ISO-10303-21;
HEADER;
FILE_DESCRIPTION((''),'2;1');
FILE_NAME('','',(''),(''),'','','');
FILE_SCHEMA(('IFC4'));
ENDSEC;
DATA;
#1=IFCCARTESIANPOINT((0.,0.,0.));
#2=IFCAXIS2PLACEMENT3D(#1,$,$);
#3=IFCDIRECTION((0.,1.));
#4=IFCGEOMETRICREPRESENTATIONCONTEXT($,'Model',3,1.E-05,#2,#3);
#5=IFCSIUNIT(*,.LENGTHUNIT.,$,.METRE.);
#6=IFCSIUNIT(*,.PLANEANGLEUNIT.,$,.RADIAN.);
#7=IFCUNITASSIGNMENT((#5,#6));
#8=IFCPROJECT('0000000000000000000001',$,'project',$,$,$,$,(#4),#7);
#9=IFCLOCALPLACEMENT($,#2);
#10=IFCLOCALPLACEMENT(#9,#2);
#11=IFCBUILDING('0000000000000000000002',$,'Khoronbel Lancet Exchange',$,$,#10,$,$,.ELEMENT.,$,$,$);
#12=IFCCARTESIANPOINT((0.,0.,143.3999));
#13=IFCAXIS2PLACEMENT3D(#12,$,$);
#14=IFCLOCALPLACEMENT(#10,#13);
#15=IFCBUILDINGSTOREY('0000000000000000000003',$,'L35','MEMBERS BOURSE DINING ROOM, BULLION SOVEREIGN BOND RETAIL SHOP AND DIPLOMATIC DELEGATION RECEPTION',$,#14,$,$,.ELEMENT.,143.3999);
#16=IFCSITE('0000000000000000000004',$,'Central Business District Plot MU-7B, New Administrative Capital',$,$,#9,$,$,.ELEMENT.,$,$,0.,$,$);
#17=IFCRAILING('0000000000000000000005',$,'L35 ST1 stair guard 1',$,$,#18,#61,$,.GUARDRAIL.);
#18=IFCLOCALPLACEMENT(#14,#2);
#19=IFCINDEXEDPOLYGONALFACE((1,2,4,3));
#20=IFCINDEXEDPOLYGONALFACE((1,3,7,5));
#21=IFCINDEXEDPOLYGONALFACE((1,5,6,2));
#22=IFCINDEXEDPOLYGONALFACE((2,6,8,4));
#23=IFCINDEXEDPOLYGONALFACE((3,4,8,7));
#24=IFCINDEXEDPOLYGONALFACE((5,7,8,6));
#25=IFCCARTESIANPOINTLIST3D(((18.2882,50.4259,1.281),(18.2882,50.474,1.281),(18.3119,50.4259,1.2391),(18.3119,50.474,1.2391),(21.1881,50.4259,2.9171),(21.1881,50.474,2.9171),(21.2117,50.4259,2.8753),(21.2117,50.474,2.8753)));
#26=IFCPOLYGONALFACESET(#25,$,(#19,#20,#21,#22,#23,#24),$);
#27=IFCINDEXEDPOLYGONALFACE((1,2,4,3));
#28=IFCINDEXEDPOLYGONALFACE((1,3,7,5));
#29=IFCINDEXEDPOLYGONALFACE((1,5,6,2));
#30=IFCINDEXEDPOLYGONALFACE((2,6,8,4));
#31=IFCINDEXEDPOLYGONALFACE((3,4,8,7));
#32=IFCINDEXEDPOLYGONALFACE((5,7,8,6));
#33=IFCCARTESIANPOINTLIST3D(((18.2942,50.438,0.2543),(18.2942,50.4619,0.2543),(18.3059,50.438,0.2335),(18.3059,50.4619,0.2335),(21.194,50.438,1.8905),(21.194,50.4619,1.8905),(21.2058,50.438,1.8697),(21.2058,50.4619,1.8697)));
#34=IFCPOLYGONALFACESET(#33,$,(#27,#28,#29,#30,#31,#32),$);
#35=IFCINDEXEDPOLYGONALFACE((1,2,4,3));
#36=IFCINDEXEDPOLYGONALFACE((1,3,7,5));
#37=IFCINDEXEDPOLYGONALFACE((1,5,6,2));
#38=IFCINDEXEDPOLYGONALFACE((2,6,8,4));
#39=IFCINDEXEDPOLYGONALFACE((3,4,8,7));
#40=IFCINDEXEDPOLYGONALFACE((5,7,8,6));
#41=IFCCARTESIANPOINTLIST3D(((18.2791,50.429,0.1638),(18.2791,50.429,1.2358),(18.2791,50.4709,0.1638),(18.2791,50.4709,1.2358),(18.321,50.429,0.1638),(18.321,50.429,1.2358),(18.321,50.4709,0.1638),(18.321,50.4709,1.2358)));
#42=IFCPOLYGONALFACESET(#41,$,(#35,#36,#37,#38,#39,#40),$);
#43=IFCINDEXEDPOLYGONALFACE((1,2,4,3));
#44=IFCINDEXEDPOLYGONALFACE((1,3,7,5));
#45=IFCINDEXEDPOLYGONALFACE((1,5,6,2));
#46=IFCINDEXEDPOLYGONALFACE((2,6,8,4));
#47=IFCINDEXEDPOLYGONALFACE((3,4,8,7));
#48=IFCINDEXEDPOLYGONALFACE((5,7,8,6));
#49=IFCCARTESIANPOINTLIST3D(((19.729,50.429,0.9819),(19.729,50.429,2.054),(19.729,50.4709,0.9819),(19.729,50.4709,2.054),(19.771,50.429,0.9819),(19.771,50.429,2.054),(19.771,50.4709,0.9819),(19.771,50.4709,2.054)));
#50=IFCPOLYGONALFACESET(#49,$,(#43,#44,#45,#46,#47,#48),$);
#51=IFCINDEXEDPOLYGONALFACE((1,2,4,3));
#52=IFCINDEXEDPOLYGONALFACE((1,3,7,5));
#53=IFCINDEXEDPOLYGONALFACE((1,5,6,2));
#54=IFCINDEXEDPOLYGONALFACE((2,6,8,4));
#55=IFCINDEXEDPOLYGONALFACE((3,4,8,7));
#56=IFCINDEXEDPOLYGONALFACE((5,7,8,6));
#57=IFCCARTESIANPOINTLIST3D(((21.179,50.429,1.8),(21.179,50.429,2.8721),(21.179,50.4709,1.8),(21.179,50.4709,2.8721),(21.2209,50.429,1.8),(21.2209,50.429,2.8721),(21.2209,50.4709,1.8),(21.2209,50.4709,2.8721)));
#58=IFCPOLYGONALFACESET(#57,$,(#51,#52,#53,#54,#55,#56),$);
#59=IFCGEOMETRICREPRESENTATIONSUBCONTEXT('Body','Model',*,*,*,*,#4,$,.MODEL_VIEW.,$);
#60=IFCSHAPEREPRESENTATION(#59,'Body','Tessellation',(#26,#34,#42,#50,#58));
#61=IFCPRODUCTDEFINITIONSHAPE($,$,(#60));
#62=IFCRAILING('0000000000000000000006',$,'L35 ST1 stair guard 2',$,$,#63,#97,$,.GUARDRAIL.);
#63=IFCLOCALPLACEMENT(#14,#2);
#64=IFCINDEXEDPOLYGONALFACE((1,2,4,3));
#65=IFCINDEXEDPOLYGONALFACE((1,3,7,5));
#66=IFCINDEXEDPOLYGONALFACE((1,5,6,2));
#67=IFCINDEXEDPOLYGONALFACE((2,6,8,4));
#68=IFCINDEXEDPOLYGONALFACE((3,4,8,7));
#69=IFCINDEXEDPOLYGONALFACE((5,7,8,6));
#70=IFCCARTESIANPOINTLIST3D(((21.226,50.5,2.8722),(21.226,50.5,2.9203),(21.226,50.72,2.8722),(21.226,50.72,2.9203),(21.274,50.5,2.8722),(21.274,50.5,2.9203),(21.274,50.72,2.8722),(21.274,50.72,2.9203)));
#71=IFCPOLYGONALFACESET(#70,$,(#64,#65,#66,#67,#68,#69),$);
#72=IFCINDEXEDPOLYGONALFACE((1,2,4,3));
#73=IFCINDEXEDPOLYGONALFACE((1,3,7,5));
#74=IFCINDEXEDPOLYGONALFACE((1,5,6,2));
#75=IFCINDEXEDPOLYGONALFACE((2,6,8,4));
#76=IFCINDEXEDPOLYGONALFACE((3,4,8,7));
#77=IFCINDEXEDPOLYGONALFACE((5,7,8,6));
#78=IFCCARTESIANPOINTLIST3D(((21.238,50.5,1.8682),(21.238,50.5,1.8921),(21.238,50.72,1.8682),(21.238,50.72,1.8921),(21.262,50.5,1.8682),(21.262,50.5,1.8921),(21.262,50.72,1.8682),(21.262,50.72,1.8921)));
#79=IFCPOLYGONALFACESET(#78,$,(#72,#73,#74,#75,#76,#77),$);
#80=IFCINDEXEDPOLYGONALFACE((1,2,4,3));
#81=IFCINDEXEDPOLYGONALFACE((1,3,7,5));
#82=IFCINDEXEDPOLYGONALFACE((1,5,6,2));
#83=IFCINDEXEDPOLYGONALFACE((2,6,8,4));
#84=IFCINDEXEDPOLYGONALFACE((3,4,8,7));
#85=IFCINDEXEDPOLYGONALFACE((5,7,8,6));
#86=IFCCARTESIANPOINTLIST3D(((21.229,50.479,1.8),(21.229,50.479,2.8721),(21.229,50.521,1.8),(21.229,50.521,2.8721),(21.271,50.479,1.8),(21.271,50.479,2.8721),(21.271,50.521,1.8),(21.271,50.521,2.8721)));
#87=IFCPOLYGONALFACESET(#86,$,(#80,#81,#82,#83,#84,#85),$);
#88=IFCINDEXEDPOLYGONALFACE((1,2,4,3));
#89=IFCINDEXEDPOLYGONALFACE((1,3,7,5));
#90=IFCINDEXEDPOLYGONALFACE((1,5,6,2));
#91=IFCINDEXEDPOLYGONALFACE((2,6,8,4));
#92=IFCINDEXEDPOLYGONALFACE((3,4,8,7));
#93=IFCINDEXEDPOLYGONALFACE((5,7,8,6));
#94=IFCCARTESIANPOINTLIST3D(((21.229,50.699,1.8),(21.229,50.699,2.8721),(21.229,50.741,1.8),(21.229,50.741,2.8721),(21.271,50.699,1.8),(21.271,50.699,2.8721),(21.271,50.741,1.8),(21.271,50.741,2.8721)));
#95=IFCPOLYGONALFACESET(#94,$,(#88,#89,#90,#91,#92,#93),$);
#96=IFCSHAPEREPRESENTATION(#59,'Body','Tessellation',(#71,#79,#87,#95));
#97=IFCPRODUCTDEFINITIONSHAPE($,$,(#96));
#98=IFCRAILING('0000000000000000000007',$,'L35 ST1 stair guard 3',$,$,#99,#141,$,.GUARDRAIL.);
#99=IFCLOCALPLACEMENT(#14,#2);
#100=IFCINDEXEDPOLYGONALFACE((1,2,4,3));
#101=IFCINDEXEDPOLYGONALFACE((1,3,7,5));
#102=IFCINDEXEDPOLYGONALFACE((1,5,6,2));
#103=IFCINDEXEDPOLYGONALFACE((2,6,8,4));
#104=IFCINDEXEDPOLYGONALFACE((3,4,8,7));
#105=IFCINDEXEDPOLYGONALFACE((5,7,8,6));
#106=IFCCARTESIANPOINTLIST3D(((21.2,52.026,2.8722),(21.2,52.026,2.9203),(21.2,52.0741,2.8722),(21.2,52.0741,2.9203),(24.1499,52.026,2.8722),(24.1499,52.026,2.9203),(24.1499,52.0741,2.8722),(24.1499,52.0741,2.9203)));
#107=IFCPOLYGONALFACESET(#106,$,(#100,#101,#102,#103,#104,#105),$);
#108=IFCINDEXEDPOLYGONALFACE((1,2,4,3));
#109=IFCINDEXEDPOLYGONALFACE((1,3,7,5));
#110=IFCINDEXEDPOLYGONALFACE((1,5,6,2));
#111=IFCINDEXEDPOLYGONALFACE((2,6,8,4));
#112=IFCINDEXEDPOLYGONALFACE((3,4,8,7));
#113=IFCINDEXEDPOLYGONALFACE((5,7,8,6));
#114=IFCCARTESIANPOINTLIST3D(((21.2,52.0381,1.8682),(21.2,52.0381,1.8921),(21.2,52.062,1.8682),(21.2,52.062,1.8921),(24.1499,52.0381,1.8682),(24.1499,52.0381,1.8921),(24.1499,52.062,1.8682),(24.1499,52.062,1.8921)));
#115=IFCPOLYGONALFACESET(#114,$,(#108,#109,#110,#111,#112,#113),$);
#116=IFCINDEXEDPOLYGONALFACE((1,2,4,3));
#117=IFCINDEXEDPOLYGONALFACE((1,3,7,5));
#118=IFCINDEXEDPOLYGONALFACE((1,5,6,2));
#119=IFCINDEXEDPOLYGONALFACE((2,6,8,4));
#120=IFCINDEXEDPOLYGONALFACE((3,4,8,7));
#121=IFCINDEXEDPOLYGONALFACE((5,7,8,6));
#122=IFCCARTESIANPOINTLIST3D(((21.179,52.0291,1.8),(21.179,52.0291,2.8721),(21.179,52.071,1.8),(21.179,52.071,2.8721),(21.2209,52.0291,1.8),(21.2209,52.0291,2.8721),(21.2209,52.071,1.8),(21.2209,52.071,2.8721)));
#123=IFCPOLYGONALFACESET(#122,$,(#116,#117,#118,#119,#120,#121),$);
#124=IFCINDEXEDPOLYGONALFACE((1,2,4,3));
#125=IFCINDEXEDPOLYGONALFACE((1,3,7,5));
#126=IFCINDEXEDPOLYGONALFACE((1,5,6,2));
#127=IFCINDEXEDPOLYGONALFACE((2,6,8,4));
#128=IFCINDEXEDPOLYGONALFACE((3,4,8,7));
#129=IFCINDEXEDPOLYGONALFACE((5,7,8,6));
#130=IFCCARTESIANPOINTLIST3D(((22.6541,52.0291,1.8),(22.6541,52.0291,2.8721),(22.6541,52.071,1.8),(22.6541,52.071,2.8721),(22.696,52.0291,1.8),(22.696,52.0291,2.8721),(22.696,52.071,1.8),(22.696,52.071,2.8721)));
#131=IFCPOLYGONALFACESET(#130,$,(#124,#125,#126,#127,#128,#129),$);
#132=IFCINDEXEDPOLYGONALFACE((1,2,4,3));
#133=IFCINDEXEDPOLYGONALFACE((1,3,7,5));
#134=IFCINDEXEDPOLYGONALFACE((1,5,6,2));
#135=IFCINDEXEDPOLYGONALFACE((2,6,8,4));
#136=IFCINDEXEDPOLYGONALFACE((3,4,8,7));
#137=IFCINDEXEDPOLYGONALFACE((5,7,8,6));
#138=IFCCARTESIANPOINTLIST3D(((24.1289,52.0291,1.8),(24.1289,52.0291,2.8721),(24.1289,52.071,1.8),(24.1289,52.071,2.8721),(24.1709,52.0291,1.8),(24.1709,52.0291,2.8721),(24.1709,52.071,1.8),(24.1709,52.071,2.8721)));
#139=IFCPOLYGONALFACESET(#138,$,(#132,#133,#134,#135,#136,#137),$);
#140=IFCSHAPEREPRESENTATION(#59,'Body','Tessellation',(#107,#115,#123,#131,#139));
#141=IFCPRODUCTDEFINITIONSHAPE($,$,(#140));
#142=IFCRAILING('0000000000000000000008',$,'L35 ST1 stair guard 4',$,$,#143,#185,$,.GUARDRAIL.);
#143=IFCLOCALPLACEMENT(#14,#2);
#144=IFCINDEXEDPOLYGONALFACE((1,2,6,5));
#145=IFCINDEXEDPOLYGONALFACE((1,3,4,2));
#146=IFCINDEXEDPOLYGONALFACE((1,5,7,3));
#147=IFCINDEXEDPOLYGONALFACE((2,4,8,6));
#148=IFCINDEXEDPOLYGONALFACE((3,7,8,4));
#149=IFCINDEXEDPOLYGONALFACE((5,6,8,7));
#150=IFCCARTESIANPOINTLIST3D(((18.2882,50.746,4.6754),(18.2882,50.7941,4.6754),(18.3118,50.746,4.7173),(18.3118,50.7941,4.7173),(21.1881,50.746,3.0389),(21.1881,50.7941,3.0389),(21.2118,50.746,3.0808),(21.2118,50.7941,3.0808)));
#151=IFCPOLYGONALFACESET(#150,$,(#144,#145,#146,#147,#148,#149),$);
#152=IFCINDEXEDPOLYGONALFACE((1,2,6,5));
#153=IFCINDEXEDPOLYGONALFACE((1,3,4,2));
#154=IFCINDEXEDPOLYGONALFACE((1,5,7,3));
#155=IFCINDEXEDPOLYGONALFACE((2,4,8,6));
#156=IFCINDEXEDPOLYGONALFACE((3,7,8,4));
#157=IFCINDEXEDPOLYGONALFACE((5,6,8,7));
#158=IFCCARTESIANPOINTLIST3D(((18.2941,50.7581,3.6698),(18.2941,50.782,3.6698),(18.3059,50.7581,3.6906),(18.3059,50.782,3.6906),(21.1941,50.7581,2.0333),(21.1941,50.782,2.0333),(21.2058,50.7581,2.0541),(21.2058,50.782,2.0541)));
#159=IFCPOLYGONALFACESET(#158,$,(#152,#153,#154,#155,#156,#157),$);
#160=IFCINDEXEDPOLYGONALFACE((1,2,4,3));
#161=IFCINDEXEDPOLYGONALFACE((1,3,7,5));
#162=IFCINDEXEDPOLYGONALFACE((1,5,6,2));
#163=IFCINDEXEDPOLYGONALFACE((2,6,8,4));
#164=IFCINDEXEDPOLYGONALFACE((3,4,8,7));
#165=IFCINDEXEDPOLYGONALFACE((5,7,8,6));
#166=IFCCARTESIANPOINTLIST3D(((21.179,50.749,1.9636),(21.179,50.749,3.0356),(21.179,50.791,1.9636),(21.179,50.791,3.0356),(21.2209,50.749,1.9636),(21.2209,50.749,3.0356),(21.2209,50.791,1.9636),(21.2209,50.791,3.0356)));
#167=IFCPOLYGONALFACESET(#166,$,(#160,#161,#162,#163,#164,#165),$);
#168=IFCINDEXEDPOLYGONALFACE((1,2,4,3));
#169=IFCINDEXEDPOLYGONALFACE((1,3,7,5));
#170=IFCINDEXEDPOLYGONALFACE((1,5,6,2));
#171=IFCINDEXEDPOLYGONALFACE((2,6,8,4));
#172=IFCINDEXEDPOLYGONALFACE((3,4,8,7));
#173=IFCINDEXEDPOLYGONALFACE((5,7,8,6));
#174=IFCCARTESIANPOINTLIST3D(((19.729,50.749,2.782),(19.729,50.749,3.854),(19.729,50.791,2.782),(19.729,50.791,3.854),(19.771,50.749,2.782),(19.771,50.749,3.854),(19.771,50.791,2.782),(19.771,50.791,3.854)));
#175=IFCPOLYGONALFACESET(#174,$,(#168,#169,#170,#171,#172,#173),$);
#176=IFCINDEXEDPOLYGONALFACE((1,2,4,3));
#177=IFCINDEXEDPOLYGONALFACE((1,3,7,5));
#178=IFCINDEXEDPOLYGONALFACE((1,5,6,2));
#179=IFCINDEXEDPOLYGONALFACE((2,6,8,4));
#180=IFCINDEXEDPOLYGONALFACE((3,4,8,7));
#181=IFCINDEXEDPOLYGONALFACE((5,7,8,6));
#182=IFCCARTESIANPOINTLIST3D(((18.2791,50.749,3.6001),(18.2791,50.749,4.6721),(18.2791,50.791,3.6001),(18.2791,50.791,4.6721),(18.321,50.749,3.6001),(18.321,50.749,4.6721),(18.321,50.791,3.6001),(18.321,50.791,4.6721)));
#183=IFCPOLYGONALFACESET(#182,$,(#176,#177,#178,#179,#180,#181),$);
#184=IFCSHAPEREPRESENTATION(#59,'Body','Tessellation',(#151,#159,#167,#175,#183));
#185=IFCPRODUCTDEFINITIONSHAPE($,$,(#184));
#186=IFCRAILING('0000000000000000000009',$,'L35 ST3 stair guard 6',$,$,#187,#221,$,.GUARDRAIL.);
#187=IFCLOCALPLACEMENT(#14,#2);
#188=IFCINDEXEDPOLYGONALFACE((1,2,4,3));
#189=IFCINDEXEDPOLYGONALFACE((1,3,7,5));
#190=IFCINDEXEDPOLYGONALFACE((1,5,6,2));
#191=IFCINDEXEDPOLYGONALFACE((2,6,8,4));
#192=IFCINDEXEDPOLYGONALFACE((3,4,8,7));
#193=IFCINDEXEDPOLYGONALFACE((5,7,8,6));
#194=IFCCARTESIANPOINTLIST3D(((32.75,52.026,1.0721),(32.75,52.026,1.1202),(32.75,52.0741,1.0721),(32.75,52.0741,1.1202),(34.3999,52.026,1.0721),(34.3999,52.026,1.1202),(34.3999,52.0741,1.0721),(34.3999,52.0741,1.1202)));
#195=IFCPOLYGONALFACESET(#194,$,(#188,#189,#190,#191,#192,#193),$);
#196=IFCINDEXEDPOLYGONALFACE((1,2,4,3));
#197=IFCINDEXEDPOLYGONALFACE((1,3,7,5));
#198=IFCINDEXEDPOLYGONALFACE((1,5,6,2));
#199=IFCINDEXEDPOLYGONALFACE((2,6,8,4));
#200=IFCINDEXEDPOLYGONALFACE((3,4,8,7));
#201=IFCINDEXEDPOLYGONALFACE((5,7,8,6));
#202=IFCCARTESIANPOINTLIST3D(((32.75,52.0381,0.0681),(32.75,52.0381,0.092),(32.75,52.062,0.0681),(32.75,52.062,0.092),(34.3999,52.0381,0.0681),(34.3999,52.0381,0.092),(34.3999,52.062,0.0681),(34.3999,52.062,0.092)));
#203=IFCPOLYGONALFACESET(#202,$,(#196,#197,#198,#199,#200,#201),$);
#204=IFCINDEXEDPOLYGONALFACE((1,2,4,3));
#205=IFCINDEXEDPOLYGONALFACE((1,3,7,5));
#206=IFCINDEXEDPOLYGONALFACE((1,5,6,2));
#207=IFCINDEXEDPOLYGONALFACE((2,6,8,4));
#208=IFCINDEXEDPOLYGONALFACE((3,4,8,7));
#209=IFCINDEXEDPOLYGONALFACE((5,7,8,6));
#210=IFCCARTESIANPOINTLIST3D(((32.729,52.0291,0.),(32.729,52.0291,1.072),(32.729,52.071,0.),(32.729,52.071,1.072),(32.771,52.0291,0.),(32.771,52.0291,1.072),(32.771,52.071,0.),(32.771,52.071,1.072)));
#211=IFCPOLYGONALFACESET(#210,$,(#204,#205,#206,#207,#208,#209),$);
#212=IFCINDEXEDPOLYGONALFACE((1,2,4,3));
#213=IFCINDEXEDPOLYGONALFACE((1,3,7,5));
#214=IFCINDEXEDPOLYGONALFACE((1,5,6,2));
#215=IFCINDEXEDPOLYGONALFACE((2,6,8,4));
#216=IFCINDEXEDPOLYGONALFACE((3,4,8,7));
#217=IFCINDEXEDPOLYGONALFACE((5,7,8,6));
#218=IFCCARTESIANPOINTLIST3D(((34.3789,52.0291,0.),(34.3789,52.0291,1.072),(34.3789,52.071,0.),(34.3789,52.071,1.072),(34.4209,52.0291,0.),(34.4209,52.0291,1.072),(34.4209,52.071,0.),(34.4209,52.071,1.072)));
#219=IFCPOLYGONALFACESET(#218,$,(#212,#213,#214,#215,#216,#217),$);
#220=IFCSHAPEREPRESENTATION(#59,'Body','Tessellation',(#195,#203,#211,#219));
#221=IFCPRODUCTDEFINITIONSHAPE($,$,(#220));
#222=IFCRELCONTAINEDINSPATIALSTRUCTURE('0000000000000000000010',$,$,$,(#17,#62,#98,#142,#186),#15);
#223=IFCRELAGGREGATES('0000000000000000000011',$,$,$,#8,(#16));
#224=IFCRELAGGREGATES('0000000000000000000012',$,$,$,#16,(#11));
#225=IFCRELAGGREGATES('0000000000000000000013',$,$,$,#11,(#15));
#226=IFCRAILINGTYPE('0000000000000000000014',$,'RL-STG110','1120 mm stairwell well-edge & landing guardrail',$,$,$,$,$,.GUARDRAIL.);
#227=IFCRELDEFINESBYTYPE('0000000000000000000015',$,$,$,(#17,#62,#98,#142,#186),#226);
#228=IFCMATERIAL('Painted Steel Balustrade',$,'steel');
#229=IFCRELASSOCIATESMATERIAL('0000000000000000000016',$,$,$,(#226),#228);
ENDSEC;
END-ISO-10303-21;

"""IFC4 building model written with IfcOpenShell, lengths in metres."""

from ifc_helpers import new_model, si_unit, direction, frame, origin, origin_2d, place, context, subcontext, project, spatial, rectangle, extrude, material, type_object, element, save


model = new_model("IFC4")

# Units and contexts
model_context = context("Model", 3, precision=1e-05, world=origin(), true_north=direction((0.0, 1.0)))
body_context = subcontext(model_context, "Body", "Model", "MODEL_VIEW")
ifc_project = project(units=[si_unit("LENGTHUNIT", "METRE"), si_unit("PLANEANGLEUNIT", "RADIAN")], contexts=[model_context])

# Site, building, storey
site_placement = place(None, origin())
site = spatial("IfcSite", under=ifc_project, at=site_placement, Name="Central Business District Plot MU-7B, New Administrative Capital", CompositionType="ELEMENT", RefElevation=0.0)
building_placement = place(site_placement, origin())
building = spatial("IfcBuilding", under=site, at=building_placement, Name="Khoronbel Lancet Exchange", CompositionType="ELEMENT")
storey_placement = place(building_placement, frame((0.0, 0.0, 143.3999)))
storey = spatial("IfcBuildingStorey", under=building, at=storey_placement, Name="L35", Description="MEMBERS BOURSE DINING ROOM, BULLION SOVEREIGN BOND RETAIL SHOP AND DIPLOMATIC DELEGATION RECEPTION", CompositionType="ELEMENT", Elevation=143.3999)

# Railings
ifc_material_1 = material(Name="Painted Steel Balustrade", Category="steel")
railing_type_1 = type_object("IfcRailingType", Name="RL-STG110", Description="1120 mm stairwell well-edge & landing guardrail", PredefinedType="GUARDRAIL", material=ifc_material_1)
railing_1_placement = place(storey_placement, frame((18.3, 50.45, 0.1638)))
element("IfcRailing", 1, at=railing_1_placement, inside=storey, type_object=railing_type_1, Name="L35 ST1 stair guard 1", PredefinedType="GUARDRAIL", context=body_context, shape_type="SweptSolid", body=[
    extrude(rectangle(XDim=0.0481, YDim=0.0481, at=origin_2d()), frame((0.0, 0.0, 1.0962), z_axis=(0.870929, 0.0, 0.49141), x_axis=(0.0, 1.0, 0.0)), (0.0, 0.0, 1.0), 3.3296),
    extrude(rectangle(XDim=0.0239, YDim=0.0239, at=origin_2d()), frame((0.0, 0.0, 0.0801), z_axis=(0.870929, 0.0, 0.49141), x_axis=(0.0, 1.0, 0.0)), (0.0, 0.0, 1.0), 3.3296),
    extrude(rectangle(XDim=0.042, YDim=0.042, at=origin_2d()), origin(), (0.0, 0.0, 1.0), 1.072),
    extrude(rectangle(XDim=0.042, YDim=0.042, at=origin_2d()), frame((1.45, 0.0, 0.8181)), (0.0, 0.0, 1.0), 1.072),
    extrude(rectangle(XDim=0.042, YDim=0.042, at=origin_2d()), frame((2.8999, 0.0, 1.6362)), (0.0, 0.0, 1.0), 1.072),
])
railing_2_placement = place(storey_placement, frame((21.25, 50.5, 1.8)))
element("IfcRailing", 2, at=railing_2_placement, inside=storey, type_object=railing_type_1, Name="L35 ST1 stair guard 2", PredefinedType="GUARDRAIL", context=body_context, shape_type="SweptSolid", body=[
    extrude(rectangle(XDim=0.0481, YDim=0.0481, at=origin_2d()), frame((0.0, 0.0, 1.0962), z_axis=(0.0, 1.0, 0.0), x_axis=(-1.0, 0.0, 0.0)), (0.0, 0.0, 1.0), 0.22),
    extrude(rectangle(XDim=0.0239, YDim=0.0239, at=origin_2d()), frame((0.0, 0.0, 0.0801), z_axis=(0.0, 1.0, 0.0), x_axis=(-1.0, 0.0, 0.0)), (0.0, 0.0, 1.0), 0.22),
    extrude(rectangle(XDim=0.042, YDim=0.042, at=origin_2d()), origin(), (0.0, 0.0, 1.0), 1.072),
    extrude(rectangle(XDim=0.042, YDim=0.042, at=origin_2d()), frame((0.0, 0.22, 0.0)), (0.0, 0.0, 1.0), 1.072),
])
railing_3_placement = place(storey_placement, frame((21.2, 52.05, 1.8)))
element("IfcRailing", 3, at=railing_3_placement, inside=storey, type_object=railing_type_1, Name="L35 ST1 stair guard 3", PredefinedType="GUARDRAIL", context=body_context, shape_type="SweptSolid", body=[
    extrude(rectangle(XDim=0.0481, YDim=0.0481, at=origin_2d()), frame((0.0, 0.0, 1.0962), z_axis=(1.0, 0.0, 0.0), x_axis=(0.0, 1.0, 0.0)), (0.0, 0.0, 1.0), 2.95),
    extrude(rectangle(XDim=0.0239, YDim=0.0239, at=origin_2d()), frame((0.0, 0.0, 0.0801), z_axis=(1.0, 0.0, 0.0), x_axis=(0.0, 1.0, 0.0)), (0.0, 0.0, 1.0), 2.95),
    extrude(rectangle(XDim=0.042, YDim=0.042, at=origin_2d()), origin(), (0.0, 0.0, 1.0), 1.072),
    extrude(rectangle(XDim=0.042, YDim=0.042, at=origin_2d()), frame((1.4751, 0.0, 0.0)), (0.0, 0.0, 1.0), 1.072),
    extrude(rectangle(XDim=0.042, YDim=0.042, at=origin_2d()), frame((2.95, 0.0, 0.0)), (0.0, 0.0, 1.0), 1.072),
])
railing_4_placement = place(storey_placement, frame((21.2, 50.77, 1.9636)))
element("IfcRailing", 4, at=railing_4_placement, inside=storey, type_object=railing_type_1, Name="L35 ST1 stair guard 4", PredefinedType="GUARDRAIL", context=body_context, shape_type="SweptSolid", body=[
    extrude(rectangle(XDim=0.0481, YDim=0.0481, at=origin_2d()), frame((0.0, 0.0, 1.0962), z_axis=(-0.870897, 0.0, 0.491465), x_axis=(0.0, -1.0, 0.0)), (0.0, 0.0, 1.0), 3.3298),
    extrude(rectangle(XDim=0.0239, YDim=0.0239, at=origin_2d()), frame((0.0, 0.0, 0.0801), z_axis=(-0.870897, 0.0, 0.491465), x_axis=(0.0, -1.0, 0.0)), (0.0, 0.0, 1.0), 3.3298),
    extrude(rectangle(XDim=0.042, YDim=0.042, at=origin_2d()), origin(), (0.0, 0.0, 1.0), 1.072),
    extrude(rectangle(XDim=0.042, YDim=0.042, at=origin_2d()), frame((-1.45, 0.0, 0.8184)), (0.0, 0.0, 1.0), 1.072),
    extrude(rectangle(XDim=0.042, YDim=0.042, at=origin_2d()), frame((-2.8999, 0.0, 1.6365)), (0.0, 0.0, 1.0), 1.072),
])
railing_5_placement = place(storey_placement, frame((32.75, 52.05, 0.0)))
element("IfcRailing", 5, at=railing_5_placement, inside=storey, type_object=railing_type_1, Name="L35 ST3 stair guard 6", PredefinedType="GUARDRAIL", context=body_context, shape_type="SweptSolid", body=[
    extrude(rectangle(XDim=0.0481, YDim=0.0481, at=origin_2d()), frame((0.0, 0.0, 1.0962), z_axis=(1.0, 0.0, 0.0), x_axis=(0.0, 1.0, 0.0)), (0.0, 0.0, 1.0), 1.6499),
    extrude(rectangle(XDim=0.0239, YDim=0.0239, at=origin_2d()), frame((0.0, 0.0, 0.0801), z_axis=(1.0, 0.0, 0.0), x_axis=(0.0, 1.0, 0.0)), (0.0, 0.0, 1.0), 1.6499),
    extrude(rectangle(XDim=0.042, YDim=0.042, at=origin_2d()), origin(), (0.0, 0.0, 1.0), 1.072),
    extrude(rectangle(XDim=0.042, YDim=0.042, at=origin_2d()), frame((1.6499, 0.0, 0.0)), (0.0, 0.0, 1.0), 1.072),
])

save(model, "model.ifc")
